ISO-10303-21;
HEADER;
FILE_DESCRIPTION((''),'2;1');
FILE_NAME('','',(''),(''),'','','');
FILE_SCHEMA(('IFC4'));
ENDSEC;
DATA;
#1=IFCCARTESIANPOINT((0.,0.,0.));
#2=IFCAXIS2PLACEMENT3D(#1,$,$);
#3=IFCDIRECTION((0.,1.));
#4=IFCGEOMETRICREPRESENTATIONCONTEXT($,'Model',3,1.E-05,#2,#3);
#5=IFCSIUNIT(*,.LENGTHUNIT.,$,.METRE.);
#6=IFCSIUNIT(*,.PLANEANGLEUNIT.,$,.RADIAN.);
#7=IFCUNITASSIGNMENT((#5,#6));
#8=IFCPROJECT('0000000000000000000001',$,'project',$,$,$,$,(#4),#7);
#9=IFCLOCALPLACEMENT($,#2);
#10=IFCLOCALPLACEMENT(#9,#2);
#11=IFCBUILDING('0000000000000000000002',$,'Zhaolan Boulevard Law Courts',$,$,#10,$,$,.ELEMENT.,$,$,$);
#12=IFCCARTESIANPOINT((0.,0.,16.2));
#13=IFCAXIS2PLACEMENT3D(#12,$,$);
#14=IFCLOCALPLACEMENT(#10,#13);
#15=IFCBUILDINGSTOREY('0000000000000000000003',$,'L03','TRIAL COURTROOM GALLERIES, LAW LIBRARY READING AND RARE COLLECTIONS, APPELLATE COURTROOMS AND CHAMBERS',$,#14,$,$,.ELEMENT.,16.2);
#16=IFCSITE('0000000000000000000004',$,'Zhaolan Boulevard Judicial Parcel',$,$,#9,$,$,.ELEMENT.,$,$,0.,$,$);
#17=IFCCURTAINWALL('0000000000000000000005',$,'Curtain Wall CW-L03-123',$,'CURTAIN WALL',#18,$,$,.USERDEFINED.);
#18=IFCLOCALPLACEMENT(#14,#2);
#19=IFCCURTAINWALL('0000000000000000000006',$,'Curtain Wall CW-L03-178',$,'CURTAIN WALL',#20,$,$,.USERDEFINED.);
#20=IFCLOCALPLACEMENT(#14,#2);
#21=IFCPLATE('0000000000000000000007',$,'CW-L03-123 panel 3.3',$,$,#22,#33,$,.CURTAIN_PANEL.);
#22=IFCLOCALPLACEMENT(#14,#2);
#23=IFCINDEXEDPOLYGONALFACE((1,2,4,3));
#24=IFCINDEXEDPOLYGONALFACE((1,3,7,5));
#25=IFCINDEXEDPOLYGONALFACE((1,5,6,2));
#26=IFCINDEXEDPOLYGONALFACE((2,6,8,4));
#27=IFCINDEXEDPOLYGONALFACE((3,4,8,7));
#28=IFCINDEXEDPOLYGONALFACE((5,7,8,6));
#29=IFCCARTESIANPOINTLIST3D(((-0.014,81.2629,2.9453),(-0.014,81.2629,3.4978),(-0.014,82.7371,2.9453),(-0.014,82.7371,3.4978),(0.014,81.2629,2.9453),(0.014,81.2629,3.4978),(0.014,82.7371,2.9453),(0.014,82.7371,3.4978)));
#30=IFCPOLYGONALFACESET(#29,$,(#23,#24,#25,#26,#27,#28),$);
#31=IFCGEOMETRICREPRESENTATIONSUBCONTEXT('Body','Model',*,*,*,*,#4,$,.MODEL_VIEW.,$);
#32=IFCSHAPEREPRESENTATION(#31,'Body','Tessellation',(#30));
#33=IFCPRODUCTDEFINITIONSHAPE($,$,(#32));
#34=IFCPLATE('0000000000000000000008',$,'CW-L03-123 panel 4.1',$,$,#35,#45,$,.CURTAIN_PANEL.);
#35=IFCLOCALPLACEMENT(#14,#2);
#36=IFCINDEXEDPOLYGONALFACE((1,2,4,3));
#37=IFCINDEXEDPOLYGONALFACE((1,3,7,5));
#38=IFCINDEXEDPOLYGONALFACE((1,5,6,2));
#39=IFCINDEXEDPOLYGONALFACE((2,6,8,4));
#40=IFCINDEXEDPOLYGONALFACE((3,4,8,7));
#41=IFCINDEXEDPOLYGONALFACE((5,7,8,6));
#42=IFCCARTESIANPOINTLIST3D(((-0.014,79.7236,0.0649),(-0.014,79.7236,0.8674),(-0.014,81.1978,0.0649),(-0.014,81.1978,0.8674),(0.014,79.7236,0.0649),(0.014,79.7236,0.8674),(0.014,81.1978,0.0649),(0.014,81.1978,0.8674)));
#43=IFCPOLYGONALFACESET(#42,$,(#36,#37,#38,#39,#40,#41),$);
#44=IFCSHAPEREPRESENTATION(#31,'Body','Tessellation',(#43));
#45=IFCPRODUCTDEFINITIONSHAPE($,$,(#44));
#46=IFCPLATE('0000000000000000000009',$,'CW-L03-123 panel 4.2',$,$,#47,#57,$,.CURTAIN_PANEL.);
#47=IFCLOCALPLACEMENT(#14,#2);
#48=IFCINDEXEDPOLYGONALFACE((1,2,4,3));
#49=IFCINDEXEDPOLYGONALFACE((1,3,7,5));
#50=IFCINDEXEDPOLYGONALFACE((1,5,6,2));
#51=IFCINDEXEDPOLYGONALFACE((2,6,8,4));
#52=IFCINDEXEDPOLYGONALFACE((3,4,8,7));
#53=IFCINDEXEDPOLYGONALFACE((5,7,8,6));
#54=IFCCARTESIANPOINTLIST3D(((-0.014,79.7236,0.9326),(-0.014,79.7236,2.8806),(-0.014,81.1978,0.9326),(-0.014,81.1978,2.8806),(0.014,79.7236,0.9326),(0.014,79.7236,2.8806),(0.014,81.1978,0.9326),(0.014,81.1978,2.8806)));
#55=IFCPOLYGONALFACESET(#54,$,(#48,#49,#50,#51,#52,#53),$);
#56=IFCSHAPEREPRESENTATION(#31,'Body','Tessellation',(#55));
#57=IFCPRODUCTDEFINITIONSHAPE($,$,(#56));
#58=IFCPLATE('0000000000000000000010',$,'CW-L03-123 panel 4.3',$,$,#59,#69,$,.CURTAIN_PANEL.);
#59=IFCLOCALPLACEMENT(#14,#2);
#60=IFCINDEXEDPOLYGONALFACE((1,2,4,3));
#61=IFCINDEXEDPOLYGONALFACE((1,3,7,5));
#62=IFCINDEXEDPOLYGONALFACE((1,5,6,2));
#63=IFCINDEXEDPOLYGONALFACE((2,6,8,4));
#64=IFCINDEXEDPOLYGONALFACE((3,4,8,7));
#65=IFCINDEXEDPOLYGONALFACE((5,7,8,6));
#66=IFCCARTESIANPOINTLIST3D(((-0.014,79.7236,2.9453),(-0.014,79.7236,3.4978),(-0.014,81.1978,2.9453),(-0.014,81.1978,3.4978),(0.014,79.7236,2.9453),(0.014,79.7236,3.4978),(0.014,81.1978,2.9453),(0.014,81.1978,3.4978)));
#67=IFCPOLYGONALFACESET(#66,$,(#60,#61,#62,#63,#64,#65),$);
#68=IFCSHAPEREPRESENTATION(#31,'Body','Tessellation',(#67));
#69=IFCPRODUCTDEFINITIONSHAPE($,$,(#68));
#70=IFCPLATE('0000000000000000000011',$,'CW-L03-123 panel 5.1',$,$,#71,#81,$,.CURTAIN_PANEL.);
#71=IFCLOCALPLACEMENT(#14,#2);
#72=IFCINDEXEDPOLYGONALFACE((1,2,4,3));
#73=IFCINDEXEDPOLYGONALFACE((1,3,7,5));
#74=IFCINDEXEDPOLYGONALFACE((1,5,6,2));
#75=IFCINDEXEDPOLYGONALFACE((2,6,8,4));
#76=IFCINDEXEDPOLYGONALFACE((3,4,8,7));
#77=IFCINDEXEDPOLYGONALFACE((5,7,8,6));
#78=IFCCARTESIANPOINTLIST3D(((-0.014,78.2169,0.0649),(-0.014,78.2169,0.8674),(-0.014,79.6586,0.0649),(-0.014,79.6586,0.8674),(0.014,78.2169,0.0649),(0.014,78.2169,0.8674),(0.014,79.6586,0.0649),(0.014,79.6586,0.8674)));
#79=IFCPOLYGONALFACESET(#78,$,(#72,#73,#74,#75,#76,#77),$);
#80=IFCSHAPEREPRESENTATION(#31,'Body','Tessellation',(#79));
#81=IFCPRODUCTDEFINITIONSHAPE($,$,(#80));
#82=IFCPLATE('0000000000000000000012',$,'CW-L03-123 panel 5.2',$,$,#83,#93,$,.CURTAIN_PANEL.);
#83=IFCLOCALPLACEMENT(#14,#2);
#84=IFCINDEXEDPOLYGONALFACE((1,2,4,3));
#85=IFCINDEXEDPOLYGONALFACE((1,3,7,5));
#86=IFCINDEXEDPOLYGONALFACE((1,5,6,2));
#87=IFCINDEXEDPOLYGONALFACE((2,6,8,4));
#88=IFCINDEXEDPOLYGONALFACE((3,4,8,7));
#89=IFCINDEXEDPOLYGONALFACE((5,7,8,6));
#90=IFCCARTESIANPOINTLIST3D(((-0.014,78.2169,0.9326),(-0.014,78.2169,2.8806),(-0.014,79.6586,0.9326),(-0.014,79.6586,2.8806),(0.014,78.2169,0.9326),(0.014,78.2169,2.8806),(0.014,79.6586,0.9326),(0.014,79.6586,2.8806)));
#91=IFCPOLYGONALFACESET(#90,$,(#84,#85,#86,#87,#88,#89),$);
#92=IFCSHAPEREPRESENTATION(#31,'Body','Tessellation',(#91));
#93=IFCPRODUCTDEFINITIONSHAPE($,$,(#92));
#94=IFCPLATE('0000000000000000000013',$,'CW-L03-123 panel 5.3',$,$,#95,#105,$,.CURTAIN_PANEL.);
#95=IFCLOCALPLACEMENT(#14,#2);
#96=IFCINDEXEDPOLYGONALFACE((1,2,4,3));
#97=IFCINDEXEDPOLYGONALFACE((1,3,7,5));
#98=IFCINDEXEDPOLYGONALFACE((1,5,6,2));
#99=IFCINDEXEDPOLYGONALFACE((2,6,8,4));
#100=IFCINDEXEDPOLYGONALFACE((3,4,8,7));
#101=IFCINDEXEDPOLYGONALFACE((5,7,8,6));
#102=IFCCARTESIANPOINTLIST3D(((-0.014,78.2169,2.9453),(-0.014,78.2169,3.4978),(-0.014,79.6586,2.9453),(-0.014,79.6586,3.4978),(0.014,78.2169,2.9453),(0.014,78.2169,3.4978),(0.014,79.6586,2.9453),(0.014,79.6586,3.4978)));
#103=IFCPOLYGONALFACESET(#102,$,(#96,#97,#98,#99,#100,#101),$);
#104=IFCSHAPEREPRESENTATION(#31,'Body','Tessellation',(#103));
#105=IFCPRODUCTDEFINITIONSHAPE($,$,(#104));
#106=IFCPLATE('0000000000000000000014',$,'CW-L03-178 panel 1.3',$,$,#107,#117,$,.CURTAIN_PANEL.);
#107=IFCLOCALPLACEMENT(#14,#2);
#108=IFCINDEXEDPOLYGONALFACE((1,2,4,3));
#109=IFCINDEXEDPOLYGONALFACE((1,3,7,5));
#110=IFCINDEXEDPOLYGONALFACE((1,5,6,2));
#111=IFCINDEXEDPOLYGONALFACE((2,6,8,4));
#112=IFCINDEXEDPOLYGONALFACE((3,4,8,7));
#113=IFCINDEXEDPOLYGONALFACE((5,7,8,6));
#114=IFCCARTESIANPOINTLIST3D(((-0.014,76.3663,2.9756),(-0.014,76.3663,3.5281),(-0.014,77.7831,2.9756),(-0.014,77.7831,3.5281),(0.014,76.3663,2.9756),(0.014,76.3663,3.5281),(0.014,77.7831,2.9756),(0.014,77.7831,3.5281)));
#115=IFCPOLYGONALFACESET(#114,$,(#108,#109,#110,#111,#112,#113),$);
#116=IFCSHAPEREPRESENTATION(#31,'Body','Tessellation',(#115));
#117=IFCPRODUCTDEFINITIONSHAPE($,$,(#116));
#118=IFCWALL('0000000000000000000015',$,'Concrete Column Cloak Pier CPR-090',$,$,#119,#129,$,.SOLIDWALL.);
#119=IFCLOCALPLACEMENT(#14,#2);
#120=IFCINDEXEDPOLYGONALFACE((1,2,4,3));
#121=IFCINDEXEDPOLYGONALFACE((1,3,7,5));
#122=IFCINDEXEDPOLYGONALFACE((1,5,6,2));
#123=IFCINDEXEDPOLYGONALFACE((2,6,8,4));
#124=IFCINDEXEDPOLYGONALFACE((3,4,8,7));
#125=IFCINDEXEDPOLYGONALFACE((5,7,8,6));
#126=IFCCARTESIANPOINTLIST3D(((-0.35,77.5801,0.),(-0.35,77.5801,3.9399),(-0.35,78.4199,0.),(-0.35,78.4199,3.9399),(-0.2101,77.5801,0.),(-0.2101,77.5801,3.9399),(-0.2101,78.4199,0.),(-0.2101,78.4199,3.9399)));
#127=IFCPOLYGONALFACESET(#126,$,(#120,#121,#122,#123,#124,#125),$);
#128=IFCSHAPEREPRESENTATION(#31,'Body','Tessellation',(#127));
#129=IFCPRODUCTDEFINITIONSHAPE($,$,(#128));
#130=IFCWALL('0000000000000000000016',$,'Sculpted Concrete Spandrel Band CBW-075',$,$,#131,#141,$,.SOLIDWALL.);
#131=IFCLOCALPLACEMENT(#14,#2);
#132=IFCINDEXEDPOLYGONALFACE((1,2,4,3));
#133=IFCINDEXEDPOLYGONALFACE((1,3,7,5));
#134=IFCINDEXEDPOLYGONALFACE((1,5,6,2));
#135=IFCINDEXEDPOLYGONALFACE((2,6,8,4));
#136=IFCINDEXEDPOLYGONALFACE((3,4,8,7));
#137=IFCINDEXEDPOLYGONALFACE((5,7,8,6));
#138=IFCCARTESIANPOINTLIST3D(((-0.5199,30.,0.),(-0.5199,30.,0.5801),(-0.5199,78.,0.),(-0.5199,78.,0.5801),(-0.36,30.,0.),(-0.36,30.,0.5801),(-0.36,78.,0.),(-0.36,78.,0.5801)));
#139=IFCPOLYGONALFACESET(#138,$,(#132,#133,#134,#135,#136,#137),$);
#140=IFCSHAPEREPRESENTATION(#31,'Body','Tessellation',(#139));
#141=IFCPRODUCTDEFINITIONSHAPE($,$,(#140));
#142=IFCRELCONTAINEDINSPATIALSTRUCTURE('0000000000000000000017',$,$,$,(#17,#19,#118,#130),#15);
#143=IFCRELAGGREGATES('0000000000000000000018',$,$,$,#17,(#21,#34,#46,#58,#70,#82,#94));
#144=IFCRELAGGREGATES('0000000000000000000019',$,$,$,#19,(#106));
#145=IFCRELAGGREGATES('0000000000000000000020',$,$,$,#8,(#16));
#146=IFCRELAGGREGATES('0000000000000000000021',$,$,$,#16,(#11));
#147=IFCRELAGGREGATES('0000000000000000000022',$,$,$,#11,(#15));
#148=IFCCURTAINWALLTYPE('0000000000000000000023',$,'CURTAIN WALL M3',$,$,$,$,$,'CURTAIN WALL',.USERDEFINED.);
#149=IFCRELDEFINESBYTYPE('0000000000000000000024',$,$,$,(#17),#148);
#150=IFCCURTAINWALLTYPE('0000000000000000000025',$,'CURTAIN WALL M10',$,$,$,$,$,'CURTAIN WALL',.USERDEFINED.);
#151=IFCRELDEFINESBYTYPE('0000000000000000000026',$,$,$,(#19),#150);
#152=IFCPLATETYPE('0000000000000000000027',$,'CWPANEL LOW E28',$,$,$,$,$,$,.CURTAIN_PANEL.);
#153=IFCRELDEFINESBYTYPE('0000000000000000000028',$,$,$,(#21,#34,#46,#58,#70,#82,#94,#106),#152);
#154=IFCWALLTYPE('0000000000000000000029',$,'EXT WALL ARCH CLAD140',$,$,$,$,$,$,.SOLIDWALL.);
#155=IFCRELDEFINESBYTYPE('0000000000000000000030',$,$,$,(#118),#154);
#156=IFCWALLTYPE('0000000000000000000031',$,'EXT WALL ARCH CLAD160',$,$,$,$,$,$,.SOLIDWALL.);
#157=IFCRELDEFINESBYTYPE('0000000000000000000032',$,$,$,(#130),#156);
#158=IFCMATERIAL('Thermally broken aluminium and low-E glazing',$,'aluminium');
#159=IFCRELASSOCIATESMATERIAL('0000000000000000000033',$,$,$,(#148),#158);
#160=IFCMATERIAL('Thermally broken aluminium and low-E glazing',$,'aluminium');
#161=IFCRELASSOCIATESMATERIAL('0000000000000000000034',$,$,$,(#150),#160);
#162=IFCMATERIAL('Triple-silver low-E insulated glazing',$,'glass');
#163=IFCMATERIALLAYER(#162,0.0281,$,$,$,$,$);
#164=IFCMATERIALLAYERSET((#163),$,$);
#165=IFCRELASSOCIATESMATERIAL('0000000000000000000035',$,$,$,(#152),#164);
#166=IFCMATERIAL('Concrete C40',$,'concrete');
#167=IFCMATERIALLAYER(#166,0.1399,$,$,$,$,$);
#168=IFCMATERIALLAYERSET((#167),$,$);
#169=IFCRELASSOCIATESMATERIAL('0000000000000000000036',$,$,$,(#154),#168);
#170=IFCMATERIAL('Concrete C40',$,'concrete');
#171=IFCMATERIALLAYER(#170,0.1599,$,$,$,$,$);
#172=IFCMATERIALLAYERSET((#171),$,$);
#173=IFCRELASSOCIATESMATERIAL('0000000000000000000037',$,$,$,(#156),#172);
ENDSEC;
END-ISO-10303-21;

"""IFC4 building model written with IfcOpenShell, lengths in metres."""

from ifc_helpers import new_model, si_unit, direction, frame, frame_2d, origin, origin_2d, place, context, subcontext, project, spatial, rectangle, extrude, material, layer, layer_set, type_object, element, aggregate, save


model = new_model("IFC4")

# Units and contexts
model_context = context("Model", 3, precision=1e-05, world=origin(), true_north=direction((0.0, 1.0)))
body_context = subcontext(model_context, "Body", "Model", "MODEL_VIEW")
ifc_project = project(units=[si_unit("LENGTHUNIT", "METRE"), si_unit("PLANEANGLEUNIT", "RADIAN")], contexts=[model_context])

# Site, building, storey
site_placement = place(None, origin())
site = spatial("IfcSite", under=ifc_project, at=site_placement, Name="Zhaolan Boulevard Judicial Parcel", CompositionType="ELEMENT", RefElevation=0.0)
building_placement = place(site_placement, origin())
building = spatial("IfcBuilding", under=site, at=building_placement, Name="Zhaolan Boulevard Law Courts", CompositionType="ELEMENT")
storey_placement = place(building_placement, frame((0.0, 0.0, 16.2)))
storey = spatial("IfcBuildingStorey", under=building, at=storey_placement, Name="L03", Description="TRIAL COURTROOM GALLERIES, LAW LIBRARY READING AND RARE COLLECTIONS, APPELLATE COURTROOMS AND CHAMBERS", CompositionType="ELEMENT", Elevation=16.2)

# Curtain wall
ifc_material_1 = material(Name="Thermally broken aluminium and low-E glazing", Category="aluminium")
curtain_wall_type_1 = type_object("IfcCurtainWallType", Name="CURTAIN WALL M3", ElementType="CURTAIN WALL", PredefinedType="USERDEFINED", material=ifc_material_1)
curtain_wall_1_placement = place(storey_placement, origin())
curtain_wall_1 = element("IfcCurtainWall", 1, at=curtain_wall_1_placement, inside=storey, type_object=curtain_wall_type_1, Name="Curtain Wall CW-L03-123", ObjectType="CURTAIN WALL", PredefinedType="USERDEFINED")

# Curtain wall
ifc_material_2 = material(Name="Thermally broken aluminium and low-E glazing", Category="aluminium")
curtain_wall_type_2 = type_object("IfcCurtainWallType", Name="CURTAIN WALL M10", ElementType="CURTAIN WALL", PredefinedType="USERDEFINED", material=ifc_material_2)
curtain_wall_2_placement = place(storey_placement, origin())
curtain_wall_2 = element("IfcCurtainWall", 2, at=curtain_wall_2_placement, inside=storey, type_object=curtain_wall_type_2, Name="Curtain Wall CW-L03-178", ObjectType="CURTAIN WALL", PredefinedType="USERDEFINED")

# Plates
ifc_material_3 = material(Name="Triple-silver low-E insulated glazing", Category="glass")
ifc_layer_1 = layer(ifc_material_3, 0.0281)
ifc_layer_set_1 = layer_set([ifc_layer_1])
plate_type = type_object("IfcPlateType", Name="CWPANEL LOW E28", PredefinedType="CURTAIN_PANEL", material=ifc_layer_set_1)
plate_1_placement = place(storey_placement, frame((0.0, 82.0, 2.9453), z_axis=(0.0, 0.0, 1.0), x_axis=(0.0, -1.0, 0.0)))
plate_1 = element("IfcPlate", 3, at=plate_1_placement, type_object=plate_type, Name="CW-L03-123 panel 3.3", PredefinedType="CURTAIN_PANEL", context=body_context, shape_type="SweptSolid", body=[
    extrude(rectangle(XDim=1.4741, YDim=0.0281, at=origin_2d()), origin(), (0.0, 0.0, 1.0), 0.5525),
])
plate_2_placement = place(storey_placement, frame((0.0, 80.4607, 0.0649), z_axis=(0.0, 0.0, 1.0), x_axis=(0.0, -1.0, 0.0)))
plate_2 = element("IfcPlate", 4, at=plate_2_placement, type_object=plate_type, Name="CW-L03-123 panel 4.1", PredefinedType="CURTAIN_PANEL", context=body_context, shape_type="SweptSolid", body=[
    extrude(rectangle(XDim=1.4741, YDim=0.0281, at=origin_2d()), origin(), (0.0, 0.0, 1.0), 0.8025),
])
plate_3_placement = place(storey_placement, frame((0.0, 80.4607, 0.9326), z_axis=(0.0, 0.0, 1.0), x_axis=(0.0, -1.0, 0.0)))
plate_3 = element("IfcPlate", 5, at=plate_3_placement, type_object=plate_type, Name="CW-L03-123 panel 4.2", PredefinedType="CURTAIN_PANEL", context=body_context, shape_type="SweptSolid", body=[
    extrude(rectangle(XDim=1.4741, YDim=0.0281, at=origin_2d()), origin(), (0.0, 0.0, 1.0), 1.948),
])
plate_4_placement = place(storey_placement, frame((0.0, 80.4607, 2.9453), z_axis=(0.0, 0.0, 1.0), x_axis=(0.0, -1.0, 0.0)))
plate_4 = element("IfcPlate", 6, at=plate_4_placement, type_object=plate_type, Name="CW-L03-123 panel 4.3", PredefinedType="CURTAIN_PANEL", context=body_context, shape_type="SweptSolid", body=[
    extrude(rectangle(XDim=1.4741, YDim=0.0281, at=origin_2d()), origin(), (0.0, 0.0, 1.0), 0.5525),
])
plate_5_placement = place(storey_placement, frame((0.0, 78.9377, 0.0649), z_axis=(0.0, 0.0, 1.0), x_axis=(0.0, -1.0, 0.0)))
plate_5 = element("IfcPlate", 7, at=plate_5_placement, type_object=plate_type, Name="CW-L03-123 panel 5.1", PredefinedType="CURTAIN_PANEL", context=body_context, shape_type="SweptSolid", body=[
    extrude(rectangle(XDim=1.4417, YDim=0.0281, at=origin_2d()), origin(), (0.0, 0.0, 1.0), 0.8025),
])
plate_6_placement = place(storey_placement, frame((0.0, 78.9377, 0.9326), z_axis=(0.0, 0.0, 1.0), x_axis=(0.0, -1.0, 0.0)))
plate_6 = element("IfcPlate", 8, at=plate_6_placement, type_object=plate_type, Name="CW-L03-123 panel 5.2", PredefinedType="CURTAIN_PANEL", context=body_context, shape_type="SweptSolid", body=[
    extrude(rectangle(XDim=1.4417, YDim=0.0281, at=origin_2d()), origin(), (0.0, 0.0, 1.0), 1.948),
])
plate_7_placement = place(storey_placement, frame((0.0, 78.9377, 2.9453), z_axis=(0.0, 0.0, 1.0), x_axis=(0.0, -1.0, 0.0)))
plate_7 = element("IfcPlate", 9, at=plate_7_placement, type_object=plate_type, Name="CW-L03-123 panel 5.3", PredefinedType="CURTAIN_PANEL", context=body_context, shape_type="SweptSolid", body=[
    extrude(rectangle(XDim=1.4417, YDim=0.0281, at=origin_2d()), origin(), (0.0, 0.0, 1.0), 0.5525),
])
aggregate(curtain_wall_1, [plate_1, plate_2, plate_3, plate_4, plate_5, plate_6, plate_7])
plate_8_placement = place(storey_placement, frame((0.0, 77.0747, 2.9756), z_axis=(0.0, 0.0, 1.0), x_axis=(0.0, -1.0, 0.0)))
plate_8 = element("IfcPlate", 10, at=plate_8_placement, type_object=plate_type, Name="CW-L03-178 panel 1.3", PredefinedType="CURTAIN_PANEL", context=body_context, shape_type="SweptSolid", body=[
    extrude(rectangle(XDim=1.4167, YDim=0.0281, at=origin_2d()), origin(), (0.0, 0.0, 1.0), 0.5525),
])
aggregate(curtain_wall_2, [plate_8])

# Walls
ifc_material_4 = material(Name="Concrete C40", Category="concrete")
ifc_layer_2 = layer(ifc_material_4, 0.1399)
ifc_layer_set_2 = layer_set([ifc_layer_2])
wall_type_1 = type_object("IfcWallType", Name="EXT WALL ARCH CLAD140", PredefinedType="SOLIDWALL", material=ifc_layer_set_2)
wall_1_placement = place(storey_placement, frame((-0.28, 77.5801, 0.0), z_axis=(0.0, 0.0, 1.0), x_axis=(0.0, 1.0, 0.0)))
element("IfcWall", 11, at=wall_1_placement, inside=storey, type_object=wall_type_1, Name="Concrete Column Cloak Pier CPR-090", PredefinedType="SOLIDWALL", context=body_context, shape_type="SweptSolid", body=[
    extrude(rectangle(XDim=0.8398, YDim=0.1399, at=frame_2d((0.4199, 0.0))), origin(), (0.0, 0.0, 1.0), 3.9399),
])
ifc_material_5 = material(Name="Concrete C40", Category="concrete")
ifc_layer_3 = layer(ifc_material_5, 0.1599)
ifc_layer_set_3 = layer_set([ifc_layer_3])
wall_type_2 = type_object("IfcWallType", Name="EXT WALL ARCH CLAD160", PredefinedType="SOLIDWALL", material=ifc_layer_set_3)
wall_2_placement = place(storey_placement, frame((-0.4399, 78.0, 0.0), z_axis=(0.0, 0.0, 1.0), x_axis=(0.0, -1.0, 0.0)))
element("IfcWall", 12, at=wall_2_placement, inside=storey, type_object=wall_type_2, Name="Sculpted Concrete Spandrel Band CBW-075", PredefinedType="SOLIDWALL", context=body_context, shape_type="SweptSolid", body=[
    extrude(rectangle(XDim=48.0, YDim=0.1599, at=frame_2d((24.0, 0.0))), origin(), (0.0, 0.0, 1.0), 0.5801),
])

save(model, "model.ifc")
